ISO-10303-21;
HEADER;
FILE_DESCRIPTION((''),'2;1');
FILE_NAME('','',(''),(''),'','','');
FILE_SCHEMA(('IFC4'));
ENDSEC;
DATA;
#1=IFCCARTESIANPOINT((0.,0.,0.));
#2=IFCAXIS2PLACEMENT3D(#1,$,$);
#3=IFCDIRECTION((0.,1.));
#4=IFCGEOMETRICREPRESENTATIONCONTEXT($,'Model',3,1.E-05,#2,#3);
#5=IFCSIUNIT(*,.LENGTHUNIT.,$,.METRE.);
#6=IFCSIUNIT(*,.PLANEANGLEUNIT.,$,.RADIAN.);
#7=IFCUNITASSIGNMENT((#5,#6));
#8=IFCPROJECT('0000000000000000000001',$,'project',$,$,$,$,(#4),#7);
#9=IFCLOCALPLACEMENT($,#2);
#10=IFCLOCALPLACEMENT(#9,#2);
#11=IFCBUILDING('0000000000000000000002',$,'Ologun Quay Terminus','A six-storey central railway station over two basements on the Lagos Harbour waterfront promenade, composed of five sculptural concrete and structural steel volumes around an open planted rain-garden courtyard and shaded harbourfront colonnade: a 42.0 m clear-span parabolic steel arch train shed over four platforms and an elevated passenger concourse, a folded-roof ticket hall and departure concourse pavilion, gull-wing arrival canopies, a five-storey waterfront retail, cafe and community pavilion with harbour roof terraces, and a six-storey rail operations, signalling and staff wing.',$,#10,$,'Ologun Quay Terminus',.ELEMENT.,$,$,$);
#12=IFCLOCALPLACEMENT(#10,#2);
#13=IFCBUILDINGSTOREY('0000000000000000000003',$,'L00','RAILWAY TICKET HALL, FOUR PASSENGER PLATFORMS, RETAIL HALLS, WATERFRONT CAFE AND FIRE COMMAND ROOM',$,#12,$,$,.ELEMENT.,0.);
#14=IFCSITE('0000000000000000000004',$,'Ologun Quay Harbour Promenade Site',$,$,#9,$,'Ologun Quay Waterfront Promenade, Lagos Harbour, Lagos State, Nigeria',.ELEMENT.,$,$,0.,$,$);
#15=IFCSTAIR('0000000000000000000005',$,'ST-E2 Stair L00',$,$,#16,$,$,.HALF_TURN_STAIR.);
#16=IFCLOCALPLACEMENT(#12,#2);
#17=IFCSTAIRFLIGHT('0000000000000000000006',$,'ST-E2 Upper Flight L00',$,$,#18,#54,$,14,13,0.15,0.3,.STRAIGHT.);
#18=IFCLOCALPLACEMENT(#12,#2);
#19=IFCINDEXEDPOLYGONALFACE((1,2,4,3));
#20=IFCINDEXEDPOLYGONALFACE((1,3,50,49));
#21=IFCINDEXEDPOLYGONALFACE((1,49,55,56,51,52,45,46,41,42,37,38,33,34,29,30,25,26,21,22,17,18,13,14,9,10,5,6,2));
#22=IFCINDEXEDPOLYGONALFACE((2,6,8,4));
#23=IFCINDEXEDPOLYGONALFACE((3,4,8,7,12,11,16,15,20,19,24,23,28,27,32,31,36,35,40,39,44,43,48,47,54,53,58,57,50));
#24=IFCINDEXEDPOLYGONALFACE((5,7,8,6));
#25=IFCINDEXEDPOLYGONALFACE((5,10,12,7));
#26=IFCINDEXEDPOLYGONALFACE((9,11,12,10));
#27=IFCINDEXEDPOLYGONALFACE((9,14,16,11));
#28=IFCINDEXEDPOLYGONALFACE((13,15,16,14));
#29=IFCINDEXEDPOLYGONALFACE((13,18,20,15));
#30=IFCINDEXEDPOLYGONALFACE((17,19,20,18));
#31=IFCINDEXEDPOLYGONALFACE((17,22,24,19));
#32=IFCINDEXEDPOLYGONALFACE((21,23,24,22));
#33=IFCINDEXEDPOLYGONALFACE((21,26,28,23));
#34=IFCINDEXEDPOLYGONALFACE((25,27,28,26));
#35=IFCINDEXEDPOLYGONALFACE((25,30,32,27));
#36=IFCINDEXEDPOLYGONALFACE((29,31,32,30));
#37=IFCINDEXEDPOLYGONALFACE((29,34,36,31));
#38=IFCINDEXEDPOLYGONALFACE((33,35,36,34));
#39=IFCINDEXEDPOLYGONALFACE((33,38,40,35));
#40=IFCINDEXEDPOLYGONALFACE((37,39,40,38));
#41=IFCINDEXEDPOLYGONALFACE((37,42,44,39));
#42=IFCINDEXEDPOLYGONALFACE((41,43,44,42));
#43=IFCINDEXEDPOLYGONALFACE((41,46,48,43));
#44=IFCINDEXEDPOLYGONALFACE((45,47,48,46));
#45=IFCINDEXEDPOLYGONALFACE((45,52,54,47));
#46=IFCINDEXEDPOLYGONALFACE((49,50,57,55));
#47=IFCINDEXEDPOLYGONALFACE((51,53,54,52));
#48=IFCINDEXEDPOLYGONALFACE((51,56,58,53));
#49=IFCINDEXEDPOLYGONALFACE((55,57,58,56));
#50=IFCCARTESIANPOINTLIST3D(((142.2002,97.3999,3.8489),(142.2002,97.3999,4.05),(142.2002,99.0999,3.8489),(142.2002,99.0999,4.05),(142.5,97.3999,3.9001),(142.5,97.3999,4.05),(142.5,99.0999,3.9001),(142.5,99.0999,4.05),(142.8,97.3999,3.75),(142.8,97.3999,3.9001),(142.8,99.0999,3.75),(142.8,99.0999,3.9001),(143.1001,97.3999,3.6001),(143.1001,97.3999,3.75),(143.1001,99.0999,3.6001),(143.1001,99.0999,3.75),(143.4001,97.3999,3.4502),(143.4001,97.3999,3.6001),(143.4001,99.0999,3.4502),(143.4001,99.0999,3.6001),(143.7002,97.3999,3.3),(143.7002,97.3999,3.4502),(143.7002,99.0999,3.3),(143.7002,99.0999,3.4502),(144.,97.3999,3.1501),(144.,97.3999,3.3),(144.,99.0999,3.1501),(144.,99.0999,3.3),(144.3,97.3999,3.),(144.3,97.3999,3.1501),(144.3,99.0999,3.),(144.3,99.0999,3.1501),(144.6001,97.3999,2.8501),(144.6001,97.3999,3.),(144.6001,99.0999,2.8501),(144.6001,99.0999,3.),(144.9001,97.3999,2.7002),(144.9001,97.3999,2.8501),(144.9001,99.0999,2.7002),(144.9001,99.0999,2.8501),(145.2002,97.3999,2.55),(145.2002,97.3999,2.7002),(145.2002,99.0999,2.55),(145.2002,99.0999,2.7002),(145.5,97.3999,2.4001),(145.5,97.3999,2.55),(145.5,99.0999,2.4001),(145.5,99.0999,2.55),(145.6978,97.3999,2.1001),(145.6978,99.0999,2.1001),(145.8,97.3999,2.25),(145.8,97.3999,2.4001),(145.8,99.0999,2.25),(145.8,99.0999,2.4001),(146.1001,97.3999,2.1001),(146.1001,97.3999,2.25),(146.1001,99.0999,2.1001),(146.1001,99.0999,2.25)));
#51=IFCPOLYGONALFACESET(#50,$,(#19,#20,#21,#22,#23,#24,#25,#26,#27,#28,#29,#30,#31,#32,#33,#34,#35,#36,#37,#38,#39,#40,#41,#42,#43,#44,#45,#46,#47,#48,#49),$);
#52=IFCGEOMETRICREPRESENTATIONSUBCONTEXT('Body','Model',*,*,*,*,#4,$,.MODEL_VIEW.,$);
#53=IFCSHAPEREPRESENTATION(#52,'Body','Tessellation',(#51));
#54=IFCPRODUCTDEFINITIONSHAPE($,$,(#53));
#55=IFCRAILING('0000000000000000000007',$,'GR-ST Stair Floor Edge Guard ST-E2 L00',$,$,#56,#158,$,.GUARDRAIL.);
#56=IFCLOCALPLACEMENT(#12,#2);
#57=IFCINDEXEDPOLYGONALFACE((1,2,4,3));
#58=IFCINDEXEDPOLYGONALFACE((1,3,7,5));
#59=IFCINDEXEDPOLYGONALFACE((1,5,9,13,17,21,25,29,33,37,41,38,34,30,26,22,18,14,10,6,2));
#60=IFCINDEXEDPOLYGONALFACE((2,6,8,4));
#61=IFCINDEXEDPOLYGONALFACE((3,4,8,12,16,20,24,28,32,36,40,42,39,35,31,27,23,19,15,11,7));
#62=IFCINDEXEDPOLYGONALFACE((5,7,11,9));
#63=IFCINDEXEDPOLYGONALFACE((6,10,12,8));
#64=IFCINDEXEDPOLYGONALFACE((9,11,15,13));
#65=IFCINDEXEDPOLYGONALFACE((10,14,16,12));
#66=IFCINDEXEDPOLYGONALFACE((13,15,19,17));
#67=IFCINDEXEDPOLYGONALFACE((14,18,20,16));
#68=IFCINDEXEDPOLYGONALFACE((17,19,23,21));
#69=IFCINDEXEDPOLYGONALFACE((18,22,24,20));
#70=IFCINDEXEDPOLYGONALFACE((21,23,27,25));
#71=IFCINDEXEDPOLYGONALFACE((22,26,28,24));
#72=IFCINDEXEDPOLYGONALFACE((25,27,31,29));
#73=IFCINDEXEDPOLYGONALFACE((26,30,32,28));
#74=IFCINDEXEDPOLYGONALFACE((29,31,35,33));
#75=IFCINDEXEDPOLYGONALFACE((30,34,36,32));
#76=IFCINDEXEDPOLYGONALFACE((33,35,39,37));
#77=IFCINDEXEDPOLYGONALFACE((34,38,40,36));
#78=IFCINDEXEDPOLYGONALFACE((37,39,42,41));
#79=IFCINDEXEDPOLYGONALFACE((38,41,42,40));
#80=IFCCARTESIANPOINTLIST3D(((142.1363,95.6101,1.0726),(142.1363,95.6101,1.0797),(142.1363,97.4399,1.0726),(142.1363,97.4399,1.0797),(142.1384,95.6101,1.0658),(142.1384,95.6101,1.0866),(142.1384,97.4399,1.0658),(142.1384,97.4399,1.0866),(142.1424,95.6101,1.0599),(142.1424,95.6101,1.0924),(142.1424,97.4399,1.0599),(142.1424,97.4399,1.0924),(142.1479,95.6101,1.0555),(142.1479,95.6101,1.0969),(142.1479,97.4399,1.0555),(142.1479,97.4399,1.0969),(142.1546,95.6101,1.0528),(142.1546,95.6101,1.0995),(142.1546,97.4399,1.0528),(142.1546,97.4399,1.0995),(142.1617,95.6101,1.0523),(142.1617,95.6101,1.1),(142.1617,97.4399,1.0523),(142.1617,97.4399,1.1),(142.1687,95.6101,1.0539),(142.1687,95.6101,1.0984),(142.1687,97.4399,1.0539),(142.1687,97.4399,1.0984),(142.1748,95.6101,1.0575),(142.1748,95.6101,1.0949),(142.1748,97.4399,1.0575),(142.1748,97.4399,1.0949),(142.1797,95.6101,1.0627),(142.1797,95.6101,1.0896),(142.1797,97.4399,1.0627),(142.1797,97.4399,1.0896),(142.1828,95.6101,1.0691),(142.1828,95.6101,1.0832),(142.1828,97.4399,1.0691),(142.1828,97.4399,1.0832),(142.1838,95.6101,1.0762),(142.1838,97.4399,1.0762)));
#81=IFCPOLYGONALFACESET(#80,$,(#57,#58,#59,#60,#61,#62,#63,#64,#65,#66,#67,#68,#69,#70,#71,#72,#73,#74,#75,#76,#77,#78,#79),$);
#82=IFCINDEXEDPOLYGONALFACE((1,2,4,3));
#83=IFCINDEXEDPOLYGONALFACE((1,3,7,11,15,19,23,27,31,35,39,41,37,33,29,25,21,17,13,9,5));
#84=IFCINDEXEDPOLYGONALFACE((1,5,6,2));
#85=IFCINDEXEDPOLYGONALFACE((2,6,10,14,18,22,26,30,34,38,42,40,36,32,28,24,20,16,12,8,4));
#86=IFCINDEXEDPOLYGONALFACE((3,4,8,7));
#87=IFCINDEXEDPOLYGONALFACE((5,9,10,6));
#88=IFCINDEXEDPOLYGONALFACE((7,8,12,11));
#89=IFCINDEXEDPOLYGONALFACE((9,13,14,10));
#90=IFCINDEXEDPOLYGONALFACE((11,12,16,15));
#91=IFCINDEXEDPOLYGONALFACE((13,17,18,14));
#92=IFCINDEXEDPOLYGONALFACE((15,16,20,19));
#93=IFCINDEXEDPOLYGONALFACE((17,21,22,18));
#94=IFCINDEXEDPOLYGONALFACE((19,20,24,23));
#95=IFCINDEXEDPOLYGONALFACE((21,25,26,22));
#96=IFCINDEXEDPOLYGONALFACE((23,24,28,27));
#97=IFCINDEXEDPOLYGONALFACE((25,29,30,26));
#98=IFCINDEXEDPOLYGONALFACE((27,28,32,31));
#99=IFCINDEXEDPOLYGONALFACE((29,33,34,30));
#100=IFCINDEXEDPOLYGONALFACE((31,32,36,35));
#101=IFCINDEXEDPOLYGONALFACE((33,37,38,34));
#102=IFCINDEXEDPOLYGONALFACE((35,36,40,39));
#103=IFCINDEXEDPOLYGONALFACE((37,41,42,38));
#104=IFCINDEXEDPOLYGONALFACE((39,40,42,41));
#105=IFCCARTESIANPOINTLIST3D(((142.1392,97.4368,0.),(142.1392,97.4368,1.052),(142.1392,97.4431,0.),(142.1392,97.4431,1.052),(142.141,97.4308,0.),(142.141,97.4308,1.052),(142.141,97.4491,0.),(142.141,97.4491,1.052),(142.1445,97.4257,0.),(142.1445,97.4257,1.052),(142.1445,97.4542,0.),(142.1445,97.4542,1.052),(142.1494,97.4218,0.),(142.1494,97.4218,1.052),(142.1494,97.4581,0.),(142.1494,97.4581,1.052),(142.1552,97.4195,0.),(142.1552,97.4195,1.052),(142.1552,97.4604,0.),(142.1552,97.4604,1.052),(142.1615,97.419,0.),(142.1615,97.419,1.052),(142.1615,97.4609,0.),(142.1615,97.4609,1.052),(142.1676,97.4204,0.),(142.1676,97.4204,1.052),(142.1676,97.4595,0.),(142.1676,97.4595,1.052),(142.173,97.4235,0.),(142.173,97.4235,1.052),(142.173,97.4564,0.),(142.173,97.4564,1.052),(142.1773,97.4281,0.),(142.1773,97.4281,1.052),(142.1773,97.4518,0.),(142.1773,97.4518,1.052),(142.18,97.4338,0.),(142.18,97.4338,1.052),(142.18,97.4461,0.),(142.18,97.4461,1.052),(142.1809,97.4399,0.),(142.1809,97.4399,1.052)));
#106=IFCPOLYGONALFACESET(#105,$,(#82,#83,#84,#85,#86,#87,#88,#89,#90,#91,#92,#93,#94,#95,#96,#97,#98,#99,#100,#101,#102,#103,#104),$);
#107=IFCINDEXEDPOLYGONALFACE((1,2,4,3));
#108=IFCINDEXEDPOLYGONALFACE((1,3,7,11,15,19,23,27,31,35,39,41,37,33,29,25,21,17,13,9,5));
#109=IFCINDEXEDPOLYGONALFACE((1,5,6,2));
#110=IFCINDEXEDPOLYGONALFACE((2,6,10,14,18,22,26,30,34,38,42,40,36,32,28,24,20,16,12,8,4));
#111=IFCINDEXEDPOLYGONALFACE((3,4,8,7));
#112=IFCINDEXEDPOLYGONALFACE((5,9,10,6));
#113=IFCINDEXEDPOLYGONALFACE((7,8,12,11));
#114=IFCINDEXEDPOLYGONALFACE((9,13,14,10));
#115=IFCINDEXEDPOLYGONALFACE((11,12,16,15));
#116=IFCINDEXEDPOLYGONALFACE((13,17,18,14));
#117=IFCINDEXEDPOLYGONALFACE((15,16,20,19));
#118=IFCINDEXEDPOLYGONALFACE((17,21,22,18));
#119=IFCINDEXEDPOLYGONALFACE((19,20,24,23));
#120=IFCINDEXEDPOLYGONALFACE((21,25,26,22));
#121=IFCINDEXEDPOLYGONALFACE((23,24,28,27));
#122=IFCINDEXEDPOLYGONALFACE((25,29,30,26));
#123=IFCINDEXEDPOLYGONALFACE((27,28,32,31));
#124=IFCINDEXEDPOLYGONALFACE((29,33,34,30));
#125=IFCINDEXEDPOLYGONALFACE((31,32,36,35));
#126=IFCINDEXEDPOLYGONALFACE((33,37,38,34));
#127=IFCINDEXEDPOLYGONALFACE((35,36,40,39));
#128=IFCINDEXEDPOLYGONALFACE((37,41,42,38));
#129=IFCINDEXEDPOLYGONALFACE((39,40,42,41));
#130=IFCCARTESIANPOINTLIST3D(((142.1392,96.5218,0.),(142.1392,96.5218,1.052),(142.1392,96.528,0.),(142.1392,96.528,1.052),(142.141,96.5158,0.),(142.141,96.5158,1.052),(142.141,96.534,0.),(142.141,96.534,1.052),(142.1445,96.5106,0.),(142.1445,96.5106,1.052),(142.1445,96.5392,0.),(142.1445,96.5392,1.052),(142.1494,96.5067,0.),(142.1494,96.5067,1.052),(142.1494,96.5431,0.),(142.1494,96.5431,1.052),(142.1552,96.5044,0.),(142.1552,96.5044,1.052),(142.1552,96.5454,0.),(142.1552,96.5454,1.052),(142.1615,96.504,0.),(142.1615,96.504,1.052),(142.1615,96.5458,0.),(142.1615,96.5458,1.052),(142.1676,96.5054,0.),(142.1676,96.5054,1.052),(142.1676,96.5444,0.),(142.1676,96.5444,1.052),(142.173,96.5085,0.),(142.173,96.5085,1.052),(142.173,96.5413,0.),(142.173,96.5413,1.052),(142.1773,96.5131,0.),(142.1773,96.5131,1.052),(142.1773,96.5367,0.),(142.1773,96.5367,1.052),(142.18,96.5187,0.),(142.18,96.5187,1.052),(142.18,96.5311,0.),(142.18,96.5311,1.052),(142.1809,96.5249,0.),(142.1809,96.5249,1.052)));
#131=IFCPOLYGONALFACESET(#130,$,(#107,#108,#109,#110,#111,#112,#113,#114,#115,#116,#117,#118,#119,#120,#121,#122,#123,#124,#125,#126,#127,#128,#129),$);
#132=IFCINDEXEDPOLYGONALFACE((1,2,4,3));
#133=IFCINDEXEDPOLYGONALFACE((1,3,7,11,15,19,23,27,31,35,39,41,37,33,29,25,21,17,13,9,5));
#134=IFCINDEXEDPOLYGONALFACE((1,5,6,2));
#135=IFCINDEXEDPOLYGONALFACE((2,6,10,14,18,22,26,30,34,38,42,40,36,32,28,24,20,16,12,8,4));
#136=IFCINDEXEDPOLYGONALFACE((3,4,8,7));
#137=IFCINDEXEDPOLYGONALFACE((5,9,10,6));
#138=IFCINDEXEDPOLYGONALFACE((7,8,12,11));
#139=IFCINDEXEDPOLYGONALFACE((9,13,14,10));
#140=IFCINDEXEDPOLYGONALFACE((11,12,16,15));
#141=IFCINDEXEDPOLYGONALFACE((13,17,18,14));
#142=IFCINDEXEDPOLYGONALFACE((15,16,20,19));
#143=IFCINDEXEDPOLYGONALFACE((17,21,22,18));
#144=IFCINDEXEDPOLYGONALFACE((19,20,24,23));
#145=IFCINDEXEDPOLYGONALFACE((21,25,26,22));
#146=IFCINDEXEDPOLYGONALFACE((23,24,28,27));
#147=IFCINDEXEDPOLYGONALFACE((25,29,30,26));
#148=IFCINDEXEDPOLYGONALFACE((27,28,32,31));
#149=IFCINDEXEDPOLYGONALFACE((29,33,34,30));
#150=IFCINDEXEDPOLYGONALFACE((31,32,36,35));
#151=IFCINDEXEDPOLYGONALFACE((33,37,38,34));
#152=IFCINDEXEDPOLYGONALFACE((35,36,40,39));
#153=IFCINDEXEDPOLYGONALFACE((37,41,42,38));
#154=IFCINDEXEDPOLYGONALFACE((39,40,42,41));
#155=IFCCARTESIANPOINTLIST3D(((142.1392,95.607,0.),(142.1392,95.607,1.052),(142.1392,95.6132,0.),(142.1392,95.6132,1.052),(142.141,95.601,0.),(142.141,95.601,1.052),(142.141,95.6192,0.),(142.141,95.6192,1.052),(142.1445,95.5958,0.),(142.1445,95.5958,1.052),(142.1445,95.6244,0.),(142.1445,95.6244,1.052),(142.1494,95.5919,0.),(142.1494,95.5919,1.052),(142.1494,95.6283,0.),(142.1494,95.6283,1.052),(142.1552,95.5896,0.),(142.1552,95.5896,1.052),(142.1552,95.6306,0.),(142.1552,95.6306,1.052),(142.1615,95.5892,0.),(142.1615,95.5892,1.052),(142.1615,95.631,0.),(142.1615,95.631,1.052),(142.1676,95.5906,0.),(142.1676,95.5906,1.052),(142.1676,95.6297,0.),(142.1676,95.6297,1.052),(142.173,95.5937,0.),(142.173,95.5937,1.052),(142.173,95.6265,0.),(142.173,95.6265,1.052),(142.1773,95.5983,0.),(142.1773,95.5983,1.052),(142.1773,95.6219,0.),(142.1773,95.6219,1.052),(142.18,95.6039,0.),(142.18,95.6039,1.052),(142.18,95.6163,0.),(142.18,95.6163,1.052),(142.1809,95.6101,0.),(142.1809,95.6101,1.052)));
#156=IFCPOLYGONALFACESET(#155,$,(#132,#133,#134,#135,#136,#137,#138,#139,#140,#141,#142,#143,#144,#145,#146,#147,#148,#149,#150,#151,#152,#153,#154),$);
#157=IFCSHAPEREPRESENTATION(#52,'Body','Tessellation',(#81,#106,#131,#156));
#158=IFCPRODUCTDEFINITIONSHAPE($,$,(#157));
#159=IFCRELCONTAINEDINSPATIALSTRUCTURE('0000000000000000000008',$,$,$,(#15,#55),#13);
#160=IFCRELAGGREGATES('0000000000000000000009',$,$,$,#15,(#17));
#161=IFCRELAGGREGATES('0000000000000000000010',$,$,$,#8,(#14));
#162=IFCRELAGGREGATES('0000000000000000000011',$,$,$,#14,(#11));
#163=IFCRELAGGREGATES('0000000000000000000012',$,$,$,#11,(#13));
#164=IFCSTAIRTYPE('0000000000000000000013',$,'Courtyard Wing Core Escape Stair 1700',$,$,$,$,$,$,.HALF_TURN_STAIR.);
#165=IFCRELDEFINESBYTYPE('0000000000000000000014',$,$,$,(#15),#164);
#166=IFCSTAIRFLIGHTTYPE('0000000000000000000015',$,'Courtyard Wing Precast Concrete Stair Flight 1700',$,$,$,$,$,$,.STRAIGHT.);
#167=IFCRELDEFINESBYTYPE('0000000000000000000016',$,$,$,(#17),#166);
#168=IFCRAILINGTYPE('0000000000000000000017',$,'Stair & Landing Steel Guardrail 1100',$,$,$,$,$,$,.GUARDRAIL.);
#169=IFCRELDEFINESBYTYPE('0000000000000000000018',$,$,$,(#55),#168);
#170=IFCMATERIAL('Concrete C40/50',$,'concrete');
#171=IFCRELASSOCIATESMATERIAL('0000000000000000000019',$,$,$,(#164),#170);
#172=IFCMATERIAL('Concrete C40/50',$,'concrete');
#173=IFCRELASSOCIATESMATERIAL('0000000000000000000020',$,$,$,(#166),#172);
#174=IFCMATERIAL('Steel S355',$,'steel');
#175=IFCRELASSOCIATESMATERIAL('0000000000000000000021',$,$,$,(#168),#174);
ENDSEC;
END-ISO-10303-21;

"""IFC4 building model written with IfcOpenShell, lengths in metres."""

from ifc_helpers import new_model, si_unit, direction, frame, origin, origin_2d, place, context, subcontext, project, spatial, polyline, circle, outline, extrude, material, type_object, element, aggregate, save


model = new_model("IFC4")

# Units and contexts
model_context = context("Model", 3, precision=1e-05, world=origin(), true_north=direction((0.0, 1.0)))
body_context = subcontext(model_context, "Body", "Model", "MODEL_VIEW")
ifc_project = project(units=[si_unit("LENGTHUNIT", "METRE"), si_unit("PLANEANGLEUNIT", "RADIAN")], contexts=[model_context])

# Site, building, storey
site_placement = place(None, origin())
site = spatial("IfcSite", under=ifc_project, at=site_placement, Name="Ologun Quay Harbour Promenade Site", LongName="Ologun Quay Waterfront Promenade, Lagos Harbour, Lagos State, Nigeria", CompositionType="ELEMENT", RefElevation=0.0)
building_placement = place(site_placement, origin())
building = spatial("IfcBuilding", under=site, at=building_placement, Name="Ologun Quay Terminus", Description="A six-storey central railway station over two basements on the Lagos Harbour waterfront promenade, composed of five sculptural concrete and structural steel volumes around an open planted rain-garden courtyard and shaded harbourfront colonnade: a 42.0 m clear-span parabolic steel arch train shed over four platforms and an elevated passenger concourse, a folded-roof ticket hall and departure concourse pavilion, gull-wing arrival canopies, a five-storey waterfront retail, cafe and community pavilion with harbour roof terraces, and a six-storey rail operations, signalling and staff wing.", LongName="Ologun Quay Terminus", CompositionType="ELEMENT")
storey_placement = place(building_placement, origin())
storey = spatial("IfcBuildingStorey", under=building, at=storey_placement, Name="L00", Description="RAILWAY TICKET HALL, FOUR PASSENGER PLATFORMS, RETAIL HALLS, WATERFRONT CAFE AND FIRE COMMAND ROOM", CompositionType="ELEMENT", Elevation=0.0)

# Stair, stair flight
ifc_material_1 = material(Name="Concrete C40/50", Category="concrete")
stair_type = type_object("IfcStairType", Name="Courtyard Wing Core Escape Stair 1700", PredefinedType="HALF_TURN_STAIR", material=ifc_material_1)
stair_placement = place(storey_placement, origin())
stair = element("IfcStair", 1, at=stair_placement, inside=storey, type_object=stair_type, Name="ST-E2 Stair L00", PredefinedType="HALF_TURN_STAIR")
ifc_material_2 = material(Name="Concrete C40/50", Category="concrete")
stair_flight_type = type_object("IfcStairFlightType", Name="Courtyard Wing Precast Concrete Stair Flight 1700", PredefinedType="STRAIGHT", material=ifc_material_2)
stair_flight_1_placement = place(storey_placement, frame((146.1001, 98.25, 2.1001), z_axis=(0.0, 0.0, 1.0), x_axis=(-1.0, 0.0, 0.0)))
stair_flight_1 = element("IfcStairFlight", 2, at=stair_flight_1_placement, type_object=stair_flight_type, Name="ST-E2 Upper Flight L00", NumberOfRisers=14, NumberOfTreads=13, PredefinedType="STRAIGHT", RiserHeight=0.15, TreadLength=0.3, context=body_context, shape_type="SweptSolid", body=[
    extrude(outline(polyline([(0.0, 0.0), (0.0, 0.1499), (0.3, 0.1499), (0.3, 0.3), (0.6001, 0.3), (0.6001, 0.45), (0.8999, 0.45), (0.8999, 0.6001), (1.2, 0.6001), (1.2, 0.75), (1.5, 0.75), (1.5, 0.8999), (1.8, 0.8999), (1.8, 1.05), (2.1001, 1.05), (2.1001, 1.2), (2.3999, 1.2), (2.3999, 1.3501), (2.7, 1.3501), (2.7, 1.5), (3.0, 1.5), (3.0, 1.6499), (3.3, 1.6499), (3.3, 1.8), (3.6001, 1.8), (3.6001, 1.95), (3.8999, 1.95), (3.8999, 2.1001), (3.8999, 1.7488), (0.4023, 0.0), (0.0, 0.0)])), frame((0.0, 0.8501, 0.0), z_axis=(0.0, -1.0, 0.0), x_axis=(1.0, 0.0, 0.0)), (0.0, 0.0, 1.0), 1.7),
])
aggregate(stair, [stair_flight_1])

# Railing
ifc_material_3 = material(Name="Steel S355", Category="steel")
railing_type_1 = type_object("IfcRailingType", Name="Stair & Landing Steel Guardrail 1100", PredefinedType="GUARDRAIL", material=ifc_material_3)
railing_1_placement = place(storey_placement, frame((142.1599, 97.4399, 0.0)))
element("IfcRailing", 3, at=railing_1_placement, inside=storey, type_object=railing_type_1, Name="GR-ST Stair Floor Edge Guard ST-E2 L00", PredefinedType="GUARDRAIL", context=body_context, shape_type="SweptSolid", body=[
    extrude(circle(Radius=0.0239, at=origin_2d()), frame((0.0, 0.0, 1.0762), z_axis=(0.0, -1.0, 0.0), x_axis=(1.0, 0.0, 0.0)), (0.0, 0.0, 1.0), 1.8298),
    extrude(circle(Radius=0.021, at=origin_2d()), origin(), (0.0, 0.0, 1.0), 1.052),
    extrude(circle(Radius=0.021, at=origin_2d()), frame((0.0, -0.915, 0.0)), (0.0, 0.0, 1.0), 1.052),
    extrude(circle(Radius=0.021, at=origin_2d()), frame((0.0, -1.8298, 0.0)), (0.0, 0.0, 1.0), 1.052),
])

save(model, "model.ifc")
